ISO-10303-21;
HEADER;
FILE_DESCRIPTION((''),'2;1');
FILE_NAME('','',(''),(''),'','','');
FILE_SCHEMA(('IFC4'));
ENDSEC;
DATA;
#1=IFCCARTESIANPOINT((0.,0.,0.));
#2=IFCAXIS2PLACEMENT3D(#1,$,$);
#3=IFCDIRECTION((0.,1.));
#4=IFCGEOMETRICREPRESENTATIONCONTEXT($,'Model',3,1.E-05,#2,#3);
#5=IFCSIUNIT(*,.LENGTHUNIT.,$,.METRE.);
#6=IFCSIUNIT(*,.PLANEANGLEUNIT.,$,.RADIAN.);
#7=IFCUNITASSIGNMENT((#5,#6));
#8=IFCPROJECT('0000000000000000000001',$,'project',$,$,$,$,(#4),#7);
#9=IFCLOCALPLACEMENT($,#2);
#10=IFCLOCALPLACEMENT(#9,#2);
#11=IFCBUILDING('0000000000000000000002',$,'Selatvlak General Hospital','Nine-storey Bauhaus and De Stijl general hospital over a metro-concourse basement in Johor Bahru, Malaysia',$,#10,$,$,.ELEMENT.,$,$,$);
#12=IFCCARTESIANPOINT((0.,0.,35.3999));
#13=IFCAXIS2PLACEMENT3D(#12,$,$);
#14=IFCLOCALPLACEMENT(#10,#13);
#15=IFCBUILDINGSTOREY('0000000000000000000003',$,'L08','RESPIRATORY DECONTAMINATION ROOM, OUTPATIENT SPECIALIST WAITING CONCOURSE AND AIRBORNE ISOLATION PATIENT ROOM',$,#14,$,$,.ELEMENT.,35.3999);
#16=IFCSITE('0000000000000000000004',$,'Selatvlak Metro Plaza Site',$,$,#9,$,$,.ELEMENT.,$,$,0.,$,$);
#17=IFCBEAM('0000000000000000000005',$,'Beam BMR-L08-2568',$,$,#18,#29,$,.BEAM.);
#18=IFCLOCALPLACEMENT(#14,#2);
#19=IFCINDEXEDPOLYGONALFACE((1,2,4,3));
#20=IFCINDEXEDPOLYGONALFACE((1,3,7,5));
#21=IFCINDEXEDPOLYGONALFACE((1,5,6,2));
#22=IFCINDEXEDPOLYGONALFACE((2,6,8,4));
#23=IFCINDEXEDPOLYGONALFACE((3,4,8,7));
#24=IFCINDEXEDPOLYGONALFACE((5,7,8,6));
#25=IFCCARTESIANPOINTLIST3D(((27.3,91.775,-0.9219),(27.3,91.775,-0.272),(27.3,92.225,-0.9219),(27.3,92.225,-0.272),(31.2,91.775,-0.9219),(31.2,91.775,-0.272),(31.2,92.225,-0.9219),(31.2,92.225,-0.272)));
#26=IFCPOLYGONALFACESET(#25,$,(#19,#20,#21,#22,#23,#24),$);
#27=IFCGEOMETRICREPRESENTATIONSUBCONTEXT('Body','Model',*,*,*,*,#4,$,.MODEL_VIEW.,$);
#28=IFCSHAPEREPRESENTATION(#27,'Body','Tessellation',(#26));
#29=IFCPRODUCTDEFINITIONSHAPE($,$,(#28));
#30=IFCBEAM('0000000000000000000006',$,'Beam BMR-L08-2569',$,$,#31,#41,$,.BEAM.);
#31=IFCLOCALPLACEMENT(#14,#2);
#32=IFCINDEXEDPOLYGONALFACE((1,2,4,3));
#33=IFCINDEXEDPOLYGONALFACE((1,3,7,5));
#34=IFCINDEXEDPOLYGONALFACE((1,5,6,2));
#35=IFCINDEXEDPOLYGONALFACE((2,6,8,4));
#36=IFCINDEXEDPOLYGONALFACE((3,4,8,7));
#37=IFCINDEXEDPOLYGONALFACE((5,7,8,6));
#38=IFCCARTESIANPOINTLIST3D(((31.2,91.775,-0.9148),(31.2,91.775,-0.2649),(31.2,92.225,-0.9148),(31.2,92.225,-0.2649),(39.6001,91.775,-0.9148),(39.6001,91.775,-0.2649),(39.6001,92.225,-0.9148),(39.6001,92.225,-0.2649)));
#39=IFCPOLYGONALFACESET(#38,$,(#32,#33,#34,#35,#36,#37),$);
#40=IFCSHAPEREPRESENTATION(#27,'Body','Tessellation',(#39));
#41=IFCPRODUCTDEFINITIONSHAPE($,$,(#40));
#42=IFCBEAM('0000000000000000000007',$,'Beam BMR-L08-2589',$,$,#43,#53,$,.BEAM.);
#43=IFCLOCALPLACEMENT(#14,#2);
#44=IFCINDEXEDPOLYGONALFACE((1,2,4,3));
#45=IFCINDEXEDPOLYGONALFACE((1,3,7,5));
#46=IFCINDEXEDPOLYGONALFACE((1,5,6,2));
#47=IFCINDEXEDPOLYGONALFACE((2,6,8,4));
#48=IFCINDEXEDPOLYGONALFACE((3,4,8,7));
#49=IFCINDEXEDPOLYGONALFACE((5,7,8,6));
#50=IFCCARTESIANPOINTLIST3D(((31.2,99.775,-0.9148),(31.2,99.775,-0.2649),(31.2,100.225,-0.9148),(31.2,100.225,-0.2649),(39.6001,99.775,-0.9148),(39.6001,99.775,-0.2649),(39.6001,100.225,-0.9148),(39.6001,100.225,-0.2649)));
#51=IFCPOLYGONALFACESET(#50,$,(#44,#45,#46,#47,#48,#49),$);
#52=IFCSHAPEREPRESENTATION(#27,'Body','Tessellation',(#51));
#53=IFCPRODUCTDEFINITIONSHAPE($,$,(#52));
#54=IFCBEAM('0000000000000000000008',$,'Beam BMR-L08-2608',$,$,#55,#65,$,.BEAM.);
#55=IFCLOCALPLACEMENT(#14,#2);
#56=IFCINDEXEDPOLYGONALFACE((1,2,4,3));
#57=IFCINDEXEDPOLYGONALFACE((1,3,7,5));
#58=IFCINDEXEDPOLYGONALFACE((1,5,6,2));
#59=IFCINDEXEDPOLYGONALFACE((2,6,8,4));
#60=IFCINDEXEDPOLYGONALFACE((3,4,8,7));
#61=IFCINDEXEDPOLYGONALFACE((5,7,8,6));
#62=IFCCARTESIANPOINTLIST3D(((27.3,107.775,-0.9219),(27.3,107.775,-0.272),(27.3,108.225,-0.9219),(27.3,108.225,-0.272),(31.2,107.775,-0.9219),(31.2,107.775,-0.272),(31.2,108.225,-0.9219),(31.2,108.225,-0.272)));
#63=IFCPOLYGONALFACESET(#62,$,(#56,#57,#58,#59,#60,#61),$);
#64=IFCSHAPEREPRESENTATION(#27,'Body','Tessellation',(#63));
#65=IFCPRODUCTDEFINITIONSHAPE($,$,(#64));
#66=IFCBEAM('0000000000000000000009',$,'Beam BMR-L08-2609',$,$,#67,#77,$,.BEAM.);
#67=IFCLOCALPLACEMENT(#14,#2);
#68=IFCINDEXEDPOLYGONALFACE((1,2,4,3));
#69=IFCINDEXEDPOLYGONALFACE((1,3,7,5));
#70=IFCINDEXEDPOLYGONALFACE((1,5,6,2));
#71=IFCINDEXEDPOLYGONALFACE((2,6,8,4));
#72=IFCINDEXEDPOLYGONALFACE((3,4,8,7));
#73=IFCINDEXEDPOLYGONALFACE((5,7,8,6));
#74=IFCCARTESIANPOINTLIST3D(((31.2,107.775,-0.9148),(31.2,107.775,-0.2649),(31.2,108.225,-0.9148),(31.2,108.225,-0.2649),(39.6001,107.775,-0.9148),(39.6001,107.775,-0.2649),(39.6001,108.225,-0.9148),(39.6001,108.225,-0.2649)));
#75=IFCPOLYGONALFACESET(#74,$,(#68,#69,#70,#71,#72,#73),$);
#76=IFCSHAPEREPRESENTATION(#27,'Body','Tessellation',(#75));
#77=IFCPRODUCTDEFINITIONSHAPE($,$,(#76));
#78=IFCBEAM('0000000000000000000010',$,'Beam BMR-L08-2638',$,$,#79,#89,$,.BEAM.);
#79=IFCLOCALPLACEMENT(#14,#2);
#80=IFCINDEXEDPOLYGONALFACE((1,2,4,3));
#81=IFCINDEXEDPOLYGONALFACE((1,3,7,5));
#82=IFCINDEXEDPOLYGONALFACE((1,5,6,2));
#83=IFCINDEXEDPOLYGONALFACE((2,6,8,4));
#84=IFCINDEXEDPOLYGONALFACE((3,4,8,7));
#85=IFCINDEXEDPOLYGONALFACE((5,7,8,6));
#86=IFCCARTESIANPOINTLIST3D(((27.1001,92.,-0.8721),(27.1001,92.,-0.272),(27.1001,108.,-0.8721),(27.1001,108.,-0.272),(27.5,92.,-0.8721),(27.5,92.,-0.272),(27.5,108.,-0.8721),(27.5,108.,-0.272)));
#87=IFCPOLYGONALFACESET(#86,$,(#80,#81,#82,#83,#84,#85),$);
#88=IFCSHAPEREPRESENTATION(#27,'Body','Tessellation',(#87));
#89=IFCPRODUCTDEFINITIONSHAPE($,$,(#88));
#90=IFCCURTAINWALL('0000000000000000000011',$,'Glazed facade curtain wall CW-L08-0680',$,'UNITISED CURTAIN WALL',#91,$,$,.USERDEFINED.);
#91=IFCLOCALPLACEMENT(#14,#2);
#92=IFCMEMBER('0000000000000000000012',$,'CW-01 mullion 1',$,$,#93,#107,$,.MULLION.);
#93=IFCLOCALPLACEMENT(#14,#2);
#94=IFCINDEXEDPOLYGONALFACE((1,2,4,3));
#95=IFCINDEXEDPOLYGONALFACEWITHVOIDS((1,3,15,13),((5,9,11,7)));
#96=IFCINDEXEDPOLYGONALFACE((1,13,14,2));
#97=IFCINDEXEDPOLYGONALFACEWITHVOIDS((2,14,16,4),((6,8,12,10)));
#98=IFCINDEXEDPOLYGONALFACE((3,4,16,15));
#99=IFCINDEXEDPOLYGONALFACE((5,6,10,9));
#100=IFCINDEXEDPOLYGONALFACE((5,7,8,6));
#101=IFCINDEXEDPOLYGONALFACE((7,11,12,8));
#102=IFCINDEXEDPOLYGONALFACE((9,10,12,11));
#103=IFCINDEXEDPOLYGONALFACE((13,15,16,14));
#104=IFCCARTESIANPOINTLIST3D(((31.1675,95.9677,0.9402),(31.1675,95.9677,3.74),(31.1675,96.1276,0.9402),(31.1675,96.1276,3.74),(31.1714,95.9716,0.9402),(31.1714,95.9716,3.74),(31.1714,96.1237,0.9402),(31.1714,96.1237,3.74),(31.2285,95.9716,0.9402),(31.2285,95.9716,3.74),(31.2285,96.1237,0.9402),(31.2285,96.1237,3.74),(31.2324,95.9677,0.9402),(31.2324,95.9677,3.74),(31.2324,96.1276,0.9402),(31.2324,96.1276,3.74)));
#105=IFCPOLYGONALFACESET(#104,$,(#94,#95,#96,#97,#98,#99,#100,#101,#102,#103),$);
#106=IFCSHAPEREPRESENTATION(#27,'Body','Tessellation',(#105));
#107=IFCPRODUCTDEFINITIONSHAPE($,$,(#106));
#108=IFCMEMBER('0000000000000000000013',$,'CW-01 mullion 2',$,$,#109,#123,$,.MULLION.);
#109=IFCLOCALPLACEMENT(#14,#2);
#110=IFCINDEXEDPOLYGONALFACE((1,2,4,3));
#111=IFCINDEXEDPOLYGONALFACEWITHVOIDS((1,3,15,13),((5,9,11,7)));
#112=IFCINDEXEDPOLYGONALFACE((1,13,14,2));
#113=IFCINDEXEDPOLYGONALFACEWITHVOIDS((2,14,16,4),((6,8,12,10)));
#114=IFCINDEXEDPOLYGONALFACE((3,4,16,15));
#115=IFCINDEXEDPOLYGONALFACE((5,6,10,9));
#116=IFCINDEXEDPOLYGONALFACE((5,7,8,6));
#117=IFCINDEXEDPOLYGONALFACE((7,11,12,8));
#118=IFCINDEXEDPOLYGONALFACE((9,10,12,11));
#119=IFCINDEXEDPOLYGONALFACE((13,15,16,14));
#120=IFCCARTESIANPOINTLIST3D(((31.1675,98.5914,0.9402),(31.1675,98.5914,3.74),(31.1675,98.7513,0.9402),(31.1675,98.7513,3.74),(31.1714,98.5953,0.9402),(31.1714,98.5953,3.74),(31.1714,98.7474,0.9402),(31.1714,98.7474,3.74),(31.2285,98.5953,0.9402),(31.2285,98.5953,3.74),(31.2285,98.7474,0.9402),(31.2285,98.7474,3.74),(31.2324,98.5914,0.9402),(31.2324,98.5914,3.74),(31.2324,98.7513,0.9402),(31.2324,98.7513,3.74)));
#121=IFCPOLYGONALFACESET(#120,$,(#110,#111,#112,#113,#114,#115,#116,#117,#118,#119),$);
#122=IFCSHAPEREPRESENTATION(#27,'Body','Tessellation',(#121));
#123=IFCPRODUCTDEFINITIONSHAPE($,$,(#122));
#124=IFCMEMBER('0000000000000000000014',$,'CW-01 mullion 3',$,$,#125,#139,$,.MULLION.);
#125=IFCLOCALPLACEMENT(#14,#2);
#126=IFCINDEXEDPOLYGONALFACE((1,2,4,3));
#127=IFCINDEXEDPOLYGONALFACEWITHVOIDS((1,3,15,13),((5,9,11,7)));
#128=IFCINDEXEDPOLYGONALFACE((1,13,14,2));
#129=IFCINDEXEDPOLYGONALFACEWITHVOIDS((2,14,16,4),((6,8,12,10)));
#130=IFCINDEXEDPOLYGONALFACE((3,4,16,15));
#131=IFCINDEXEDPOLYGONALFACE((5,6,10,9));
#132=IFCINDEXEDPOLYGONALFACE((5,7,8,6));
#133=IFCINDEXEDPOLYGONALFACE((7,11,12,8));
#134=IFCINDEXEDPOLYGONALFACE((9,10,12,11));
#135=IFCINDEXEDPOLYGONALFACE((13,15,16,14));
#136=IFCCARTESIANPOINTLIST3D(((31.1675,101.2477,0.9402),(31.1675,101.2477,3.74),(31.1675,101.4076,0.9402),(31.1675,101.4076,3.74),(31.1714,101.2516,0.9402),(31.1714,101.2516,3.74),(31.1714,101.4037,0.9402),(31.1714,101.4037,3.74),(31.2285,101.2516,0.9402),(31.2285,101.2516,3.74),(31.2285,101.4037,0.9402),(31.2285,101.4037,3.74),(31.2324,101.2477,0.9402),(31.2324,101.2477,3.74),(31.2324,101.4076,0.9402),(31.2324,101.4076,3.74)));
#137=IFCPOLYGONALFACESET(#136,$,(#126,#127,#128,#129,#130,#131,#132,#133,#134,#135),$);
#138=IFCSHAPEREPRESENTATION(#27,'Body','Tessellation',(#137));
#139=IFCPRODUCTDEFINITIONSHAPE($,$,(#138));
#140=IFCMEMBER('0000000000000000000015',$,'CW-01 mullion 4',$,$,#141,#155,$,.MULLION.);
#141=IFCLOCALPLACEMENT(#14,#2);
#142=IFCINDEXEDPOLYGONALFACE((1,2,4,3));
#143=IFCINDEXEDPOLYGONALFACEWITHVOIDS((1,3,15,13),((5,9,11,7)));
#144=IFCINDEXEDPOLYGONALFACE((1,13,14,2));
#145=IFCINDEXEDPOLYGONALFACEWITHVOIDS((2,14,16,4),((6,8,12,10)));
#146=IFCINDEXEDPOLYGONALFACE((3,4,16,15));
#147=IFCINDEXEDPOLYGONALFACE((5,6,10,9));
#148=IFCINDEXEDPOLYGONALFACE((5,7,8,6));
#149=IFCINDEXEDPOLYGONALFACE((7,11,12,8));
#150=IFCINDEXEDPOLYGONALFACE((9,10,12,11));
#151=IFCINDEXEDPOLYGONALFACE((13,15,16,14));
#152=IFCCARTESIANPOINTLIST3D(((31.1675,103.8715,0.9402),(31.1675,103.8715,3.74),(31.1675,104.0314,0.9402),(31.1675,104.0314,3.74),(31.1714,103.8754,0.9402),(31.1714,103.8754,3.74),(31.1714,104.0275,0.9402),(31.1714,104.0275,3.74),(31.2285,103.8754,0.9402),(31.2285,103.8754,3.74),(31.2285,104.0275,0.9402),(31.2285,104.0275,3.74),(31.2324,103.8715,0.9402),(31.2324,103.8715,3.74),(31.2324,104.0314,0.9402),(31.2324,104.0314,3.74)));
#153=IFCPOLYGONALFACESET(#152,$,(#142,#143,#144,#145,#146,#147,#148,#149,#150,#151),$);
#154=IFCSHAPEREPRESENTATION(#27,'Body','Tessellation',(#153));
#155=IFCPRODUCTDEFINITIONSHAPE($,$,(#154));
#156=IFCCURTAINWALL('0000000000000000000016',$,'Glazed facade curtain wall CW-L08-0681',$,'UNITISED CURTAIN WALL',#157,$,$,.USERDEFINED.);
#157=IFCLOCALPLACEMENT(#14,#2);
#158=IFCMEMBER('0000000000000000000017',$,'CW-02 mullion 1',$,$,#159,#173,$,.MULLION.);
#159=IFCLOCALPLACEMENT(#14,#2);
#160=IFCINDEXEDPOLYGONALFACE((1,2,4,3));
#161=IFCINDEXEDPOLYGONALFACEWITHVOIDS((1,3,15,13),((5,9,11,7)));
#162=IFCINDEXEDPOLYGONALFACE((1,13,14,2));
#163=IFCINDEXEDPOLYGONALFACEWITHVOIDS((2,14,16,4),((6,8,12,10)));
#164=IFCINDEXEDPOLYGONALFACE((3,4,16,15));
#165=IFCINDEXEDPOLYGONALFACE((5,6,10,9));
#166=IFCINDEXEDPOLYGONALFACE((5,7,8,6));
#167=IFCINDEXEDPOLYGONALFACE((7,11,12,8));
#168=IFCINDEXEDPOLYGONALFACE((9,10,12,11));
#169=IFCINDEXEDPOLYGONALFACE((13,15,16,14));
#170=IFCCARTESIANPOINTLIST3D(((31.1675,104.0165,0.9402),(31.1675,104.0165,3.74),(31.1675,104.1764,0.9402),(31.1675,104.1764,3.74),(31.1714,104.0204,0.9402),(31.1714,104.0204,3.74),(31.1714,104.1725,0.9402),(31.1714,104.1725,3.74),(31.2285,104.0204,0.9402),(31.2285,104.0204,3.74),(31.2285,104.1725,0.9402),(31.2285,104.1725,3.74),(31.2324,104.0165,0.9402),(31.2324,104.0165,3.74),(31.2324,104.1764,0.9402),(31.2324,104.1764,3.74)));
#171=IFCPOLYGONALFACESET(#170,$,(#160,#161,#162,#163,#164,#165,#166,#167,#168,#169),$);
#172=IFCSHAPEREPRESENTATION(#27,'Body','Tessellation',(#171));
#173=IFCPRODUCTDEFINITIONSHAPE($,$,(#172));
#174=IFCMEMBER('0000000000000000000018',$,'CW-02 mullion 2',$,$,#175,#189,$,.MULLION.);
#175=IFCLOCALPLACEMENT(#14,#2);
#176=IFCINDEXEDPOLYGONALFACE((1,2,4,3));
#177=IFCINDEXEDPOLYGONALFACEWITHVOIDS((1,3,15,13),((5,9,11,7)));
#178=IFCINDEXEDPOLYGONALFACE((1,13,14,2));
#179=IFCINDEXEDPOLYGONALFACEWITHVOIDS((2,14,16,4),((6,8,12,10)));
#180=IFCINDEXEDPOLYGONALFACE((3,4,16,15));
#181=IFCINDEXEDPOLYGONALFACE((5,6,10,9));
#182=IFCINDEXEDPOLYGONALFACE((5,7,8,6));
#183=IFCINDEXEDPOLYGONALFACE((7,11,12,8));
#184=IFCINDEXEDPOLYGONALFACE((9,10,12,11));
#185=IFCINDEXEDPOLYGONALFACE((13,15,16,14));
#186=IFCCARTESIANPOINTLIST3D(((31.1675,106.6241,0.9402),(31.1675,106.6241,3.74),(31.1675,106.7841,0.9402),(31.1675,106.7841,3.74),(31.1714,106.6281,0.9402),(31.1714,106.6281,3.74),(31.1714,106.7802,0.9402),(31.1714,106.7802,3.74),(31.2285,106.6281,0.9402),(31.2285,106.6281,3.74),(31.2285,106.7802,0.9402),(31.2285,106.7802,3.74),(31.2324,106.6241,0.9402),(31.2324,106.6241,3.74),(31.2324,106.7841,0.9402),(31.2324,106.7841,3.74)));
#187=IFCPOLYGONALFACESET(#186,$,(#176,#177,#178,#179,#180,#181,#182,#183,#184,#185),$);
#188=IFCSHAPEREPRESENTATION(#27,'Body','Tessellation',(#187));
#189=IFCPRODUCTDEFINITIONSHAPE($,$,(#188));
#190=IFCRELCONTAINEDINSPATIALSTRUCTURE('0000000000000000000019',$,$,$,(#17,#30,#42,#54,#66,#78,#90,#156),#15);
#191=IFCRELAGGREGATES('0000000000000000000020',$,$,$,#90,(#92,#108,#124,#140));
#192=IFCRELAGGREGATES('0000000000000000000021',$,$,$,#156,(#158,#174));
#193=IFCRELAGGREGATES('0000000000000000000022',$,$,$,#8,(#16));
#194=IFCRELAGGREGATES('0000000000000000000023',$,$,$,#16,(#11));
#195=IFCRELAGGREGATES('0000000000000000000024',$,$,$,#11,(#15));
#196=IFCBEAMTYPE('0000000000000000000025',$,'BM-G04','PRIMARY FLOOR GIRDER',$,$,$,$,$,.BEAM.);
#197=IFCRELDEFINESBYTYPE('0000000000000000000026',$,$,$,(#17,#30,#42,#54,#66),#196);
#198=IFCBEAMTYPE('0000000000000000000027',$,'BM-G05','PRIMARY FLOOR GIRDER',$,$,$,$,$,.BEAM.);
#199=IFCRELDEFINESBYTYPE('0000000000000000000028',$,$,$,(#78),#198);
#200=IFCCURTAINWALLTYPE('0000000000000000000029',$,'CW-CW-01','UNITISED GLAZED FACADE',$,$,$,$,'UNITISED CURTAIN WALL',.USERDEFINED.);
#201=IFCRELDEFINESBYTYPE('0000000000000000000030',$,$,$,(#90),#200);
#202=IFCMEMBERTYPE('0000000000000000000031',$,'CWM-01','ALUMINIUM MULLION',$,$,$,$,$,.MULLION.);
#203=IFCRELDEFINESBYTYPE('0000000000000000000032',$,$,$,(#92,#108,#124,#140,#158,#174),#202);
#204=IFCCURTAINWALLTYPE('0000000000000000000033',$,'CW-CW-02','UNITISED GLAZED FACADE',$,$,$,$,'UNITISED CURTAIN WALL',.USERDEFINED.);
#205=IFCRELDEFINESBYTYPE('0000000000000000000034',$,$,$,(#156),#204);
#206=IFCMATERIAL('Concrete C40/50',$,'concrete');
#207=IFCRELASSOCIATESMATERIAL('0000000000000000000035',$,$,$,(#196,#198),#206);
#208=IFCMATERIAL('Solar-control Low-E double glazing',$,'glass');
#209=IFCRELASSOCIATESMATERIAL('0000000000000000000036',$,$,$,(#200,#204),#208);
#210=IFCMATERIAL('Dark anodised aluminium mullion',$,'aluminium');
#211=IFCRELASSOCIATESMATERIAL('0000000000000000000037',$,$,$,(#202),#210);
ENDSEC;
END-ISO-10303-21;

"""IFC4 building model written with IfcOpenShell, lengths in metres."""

from ifc_helpers import new_model, si_unit, direction, frame, origin, origin_2d, place, context, subcontext, project, spatial, rectangle, hollow_rectangle, extrude, material, material_profile, profile_set, type_object, element, aggregate, save


model = new_model("IFC4")

# Units and contexts
model_context = context("Model", 3, precision=1e-05, world=origin(), true_north=direction((0.0, 1.0)))
body_context = subcontext(model_context, "Body", "Model", "MODEL_VIEW")
ifc_project = project(units=[si_unit("LENGTHUNIT", "METRE"), si_unit("PLANEANGLEUNIT", "RADIAN")], contexts=[model_context])

# Site, building, storey
site_placement = place(None, origin())
site = spatial("IfcSite", under=ifc_project, at=site_placement, Name="Selatvlak Metro Plaza Site", CompositionType="ELEMENT", RefElevation=0.0)
building_placement = place(site_placement, origin())
building = spatial("IfcBuilding", under=site, at=building_placement, Name="Selatvlak General Hospital", Description="Nine-storey Bauhaus and De Stijl general hospital over a metro-concourse basement in Johor Bahru, Malaysia", CompositionType="ELEMENT")
storey_placement = place(building_placement, frame((0.0, 0.0, 35.3999)))
storey = spatial("IfcBuildingStorey", under=building, at=storey_placement, Name="L08", Description="RESPIRATORY DECONTAMINATION ROOM, OUTPATIENT SPECIALIST WAITING CONCOURSE AND AIRBORNE ISOLATION PATIENT ROOM", CompositionType="ELEMENT", Elevation=35.3999)

# Beams
ifc_material_1 = material(Name="Concrete C40/50", Category="concrete")
ifc_material_profile_1 = material_profile(ifc_material_1, rectangle(XDim=0.45, YDim=0.6499, at=origin_2d()), Name="RC-BM 450x650")
ifc_profile_set_1 = profile_set([ifc_material_profile_1], Name="Concrete C40/50")
beam_type_1 = type_object("IfcBeamType", Name="BM-G04", Description="PRIMARY FLOOR GIRDER", PredefinedType="BEAM", material=ifc_profile_set_1)
beam_1_placement = place(storey_placement, frame((27.3, 92.0, -0.5969), z_axis=(1.0, 0.0, 0.0), x_axis=(0.0, 1.0, 0.0)))
element("IfcBeam", 1, at=beam_1_placement, inside=storey, type_object=beam_type_1, Name="Beam BMR-L08-2568", PredefinedType="BEAM", context=body_context, shape_type="SweptSolid", body=[
    extrude(rectangle(XDim=0.45, YDim=0.6499, at=origin_2d()), origin(), (0.0, 0.0, 1.0), 3.8999),
])
for number, where, z_axis, x_axis, name in (
    (2, (31.2, 92.0, -0.5898), (1.0, 0.0, 0.0), (0.0, 1.0, 0.0), "Beam BMR-L08-2569"),
    (3, (31.2, 100.0, -0.5898), (1.0, 0.0, 0.0), (0.0, 1.0, 0.0), "Beam BMR-L08-2589"),
):
    element("IfcBeam", number, at=place(storey_placement, frame(where, z_axis=z_axis, x_axis=x_axis)), inside=storey, type_object=beam_type_1, Name=name, PredefinedType="BEAM", context=body_context, shape_type="SweptSolid", body=[
        extrude(rectangle(XDim=0.45, YDim=0.6499, at=origin_2d()), origin(), (0.0, 0.0, 1.0), 8.4001),
    ])
beam_2_placement = place(storey_placement, frame((27.3, 108.0, -0.5969), z_axis=(1.0, 0.0, 0.0), x_axis=(0.0, 1.0, 0.0)))
element("IfcBeam", 4, at=beam_2_placement, inside=storey, type_object=beam_type_1, Name="Beam BMR-L08-2608", PredefinedType="BEAM", context=body_context, shape_type="SweptSolid", body=[
    extrude(rectangle(XDim=0.45, YDim=0.6499, at=origin_2d()), origin(), (0.0, 0.0, 1.0), 3.8999),
])
beam_3_placement = place(storey_placement, frame((31.2, 108.0, -0.5898), z_axis=(1.0, 0.0, 0.0), x_axis=(0.0, 1.0, 0.0)))
element("IfcBeam", 5, at=beam_3_placement, inside=storey, type_object=beam_type_1, Name="Beam BMR-L08-2609", PredefinedType="BEAM", context=body_context, shape_type="SweptSolid", body=[
    extrude(rectangle(XDim=0.45, YDim=0.6499, at=origin_2d()), origin(), (0.0, 0.0, 1.0), 8.4001),
])
ifc_material_profile_2 = material_profile(ifc_material_1, rectangle(XDim=0.3999, YDim=0.6001, at=origin_2d()), Name="RC-BM 400x600")
ifc_profile_set_2 = profile_set([ifc_material_profile_2], Name="Concrete C40/50")
beam_type_2 = type_object("IfcBeamType", Name="BM-G05", Description="PRIMARY FLOOR GIRDER", PredefinedType="BEAM", material=ifc_profile_set_2)
beam_4_placement = place(storey_placement, frame((27.3, 92.0, -0.572), z_axis=(0.0, 1.0, 0.0), x_axis=(-1.0, 0.0, 0.0)))
element("IfcBeam", 6, at=beam_4_placement, inside=storey, type_object=beam_type_2, Name="Beam BMR-L08-2638", PredefinedType="BEAM", context=body_context, shape_type="SweptSolid", body=[
    extrude(rectangle(XDim=0.3999, YDim=0.6001, at=origin_2d()), origin(), (0.0, 0.0, 1.0), 16.0),
])

# Curtain walls, members
ifc_material_2 = material(Name="Solar-control Low-E double glazing", Category="glass")
curtain_wall_type_1 = type_object("IfcCurtainWallType", Name="CW-CW-01", Description="UNITISED GLAZED FACADE", ElementType="UNITISED CURTAIN WALL", PredefinedType="USERDEFINED", material=ifc_material_2)
curtain_wall_1_placement = place(storey_placement, origin())
curtain_wall_1 = element("IfcCurtainWall", 7, at=curtain_wall_1_placement, inside=storey, type_object=curtain_wall_type_1, Name="Glazed facade curtain wall CW-L08-0680", ObjectType="UNITISED CURTAIN WALL", PredefinedType="USERDEFINED")
ifc_material_3 = material(Name="Dark anodised aluminium mullion", Category="aluminium")
ifc_material_profile_3 = material_profile(ifc_material_3, hollow_rectangle(XDim=0.0649, YDim=0.1599, WallThickness=0.0039, at=origin_2d()), Name="AL-MUL 65x160x4")
ifc_profile_set_3 = profile_set([ifc_material_profile_3], Name="Dark anodised aluminium mullion")
member_type_1 = type_object("IfcMemberType", Name="CWM-01", Description="ALUMINIUM MULLION", PredefinedType="MULLION", material=ifc_profile_set_3)
member_1_placement = place(storey_placement, frame((31.2, 96.0476, 0.9402), z_axis=(0.0, 0.0, 1.0), x_axis=(-1.0, 0.0, 0.0)))
member_1 = element("IfcMember", 8, at=member_1_placement, type_object=member_type_1, Name="CW-01 mullion 1", PredefinedType="MULLION", context=body_context, shape_type="SweptSolid", body=[
    extrude(hollow_rectangle(XDim=0.0649, YDim=0.1599, WallThickness=0.0039, at=origin_2d()), origin(), (0.0, 0.0, 1.0), 2.7998),
])
member_2_placement = place(storey_placement, frame((31.2, 98.6714, 0.9402), z_axis=(0.0, 0.0, 1.0), x_axis=(-1.0, 0.0, 0.0)))
member_2 = element("IfcMember", 9, at=member_2_placement, type_object=member_type_1, Name="CW-01 mullion 2", PredefinedType="MULLION", context=body_context, shape_type="SweptSolid", body=[
    extrude(hollow_rectangle(XDim=0.0649, YDim=0.1599, WallThickness=0.0039, at=origin_2d()), origin(), (0.0, 0.0, 1.0), 2.7998),
])
member_3_placement = place(storey_placement, frame((31.2, 101.3276, 0.9402), z_axis=(0.0, 0.0, 1.0), x_axis=(-1.0, 0.0, 0.0)))
member_3 = element("IfcMember", 10, at=member_3_placement, type_object=member_type_1, Name="CW-01 mullion 3", PredefinedType="MULLION", context=body_context, shape_type="SweptSolid", body=[
    extrude(hollow_rectangle(XDim=0.0649, YDim=0.1599, WallThickness=0.0039, at=origin_2d()), origin(), (0.0, 0.0, 1.0), 2.7998),
])
member_4_placement = place(storey_placement, frame((31.2, 103.9514, 0.9402), z_axis=(0.0, 0.0, 1.0), x_axis=(-1.0, 0.0, 0.0)))
member_4 = element("IfcMember", 11, at=member_4_placement, type_object=member_type_1, Name="CW-01 mullion 4", PredefinedType="MULLION", context=body_context, shape_type="SweptSolid", body=[
    extrude(hollow_rectangle(XDim=0.0649, YDim=0.1599, WallThickness=0.0039, at=origin_2d()), origin(), (0.0, 0.0, 1.0), 2.7998),
])
curtain_wall_type_2 = type_object("IfcCurtainWallType", Name="CW-CW-02", Description="UNITISED GLAZED FACADE", ElementType="UNITISED CURTAIN WALL", PredefinedType="USERDEFINED", material=ifc_material_2)
curtain_wall_2_placement = place(storey_placement, origin())
curtain_wall_2 = element("IfcCurtainWall", 12, at=curtain_wall_2_placement, inside=storey, type_object=curtain_wall_type_2, Name="Glazed facade curtain wall CW-L08-0681", ObjectType="UNITISED CURTAIN WALL", PredefinedType="USERDEFINED")
member_5_placement = place(storey_placement, frame((31.2, 104.0964, 0.9402), z_axis=(0.0, 0.0, 1.0), x_axis=(-1.0, 0.0, 0.0)))
member_5 = element("IfcMember", 13, at=member_5_placement, type_object=member_type_1, Name="CW-02 mullion 1", PredefinedType="MULLION", context=body_context, shape_type="SweptSolid", body=[
    extrude(hollow_rectangle(XDim=0.0649, YDim=0.1599, WallThickness=0.0039, at=origin_2d()), origin(), (0.0, 0.0, 1.0), 2.7998),
])
member_6_placement = place(storey_placement, frame((31.2, 106.7041, 0.9402), z_axis=(0.0, 0.0, 1.0), x_axis=(-1.0, 0.0, 0.0)))
member_6 = element("IfcMember", 14, at=member_6_placement, type_object=member_type_1, Name="CW-02 mullion 2", PredefinedType="MULLION", context=body_context, shape_type="SweptSolid", body=[
    extrude(hollow_rectangle(XDim=0.0649, YDim=0.1599, WallThickness=0.0039, at=origin_2d()), origin(), (0.0, 0.0, 1.0), 2.7998),
])

aggregate(curtain_wall_1, [member_1, member_2, member_3, member_4])
aggregate(curtain_wall_2, [member_5, member_6])

save(model, "model.ifc")
